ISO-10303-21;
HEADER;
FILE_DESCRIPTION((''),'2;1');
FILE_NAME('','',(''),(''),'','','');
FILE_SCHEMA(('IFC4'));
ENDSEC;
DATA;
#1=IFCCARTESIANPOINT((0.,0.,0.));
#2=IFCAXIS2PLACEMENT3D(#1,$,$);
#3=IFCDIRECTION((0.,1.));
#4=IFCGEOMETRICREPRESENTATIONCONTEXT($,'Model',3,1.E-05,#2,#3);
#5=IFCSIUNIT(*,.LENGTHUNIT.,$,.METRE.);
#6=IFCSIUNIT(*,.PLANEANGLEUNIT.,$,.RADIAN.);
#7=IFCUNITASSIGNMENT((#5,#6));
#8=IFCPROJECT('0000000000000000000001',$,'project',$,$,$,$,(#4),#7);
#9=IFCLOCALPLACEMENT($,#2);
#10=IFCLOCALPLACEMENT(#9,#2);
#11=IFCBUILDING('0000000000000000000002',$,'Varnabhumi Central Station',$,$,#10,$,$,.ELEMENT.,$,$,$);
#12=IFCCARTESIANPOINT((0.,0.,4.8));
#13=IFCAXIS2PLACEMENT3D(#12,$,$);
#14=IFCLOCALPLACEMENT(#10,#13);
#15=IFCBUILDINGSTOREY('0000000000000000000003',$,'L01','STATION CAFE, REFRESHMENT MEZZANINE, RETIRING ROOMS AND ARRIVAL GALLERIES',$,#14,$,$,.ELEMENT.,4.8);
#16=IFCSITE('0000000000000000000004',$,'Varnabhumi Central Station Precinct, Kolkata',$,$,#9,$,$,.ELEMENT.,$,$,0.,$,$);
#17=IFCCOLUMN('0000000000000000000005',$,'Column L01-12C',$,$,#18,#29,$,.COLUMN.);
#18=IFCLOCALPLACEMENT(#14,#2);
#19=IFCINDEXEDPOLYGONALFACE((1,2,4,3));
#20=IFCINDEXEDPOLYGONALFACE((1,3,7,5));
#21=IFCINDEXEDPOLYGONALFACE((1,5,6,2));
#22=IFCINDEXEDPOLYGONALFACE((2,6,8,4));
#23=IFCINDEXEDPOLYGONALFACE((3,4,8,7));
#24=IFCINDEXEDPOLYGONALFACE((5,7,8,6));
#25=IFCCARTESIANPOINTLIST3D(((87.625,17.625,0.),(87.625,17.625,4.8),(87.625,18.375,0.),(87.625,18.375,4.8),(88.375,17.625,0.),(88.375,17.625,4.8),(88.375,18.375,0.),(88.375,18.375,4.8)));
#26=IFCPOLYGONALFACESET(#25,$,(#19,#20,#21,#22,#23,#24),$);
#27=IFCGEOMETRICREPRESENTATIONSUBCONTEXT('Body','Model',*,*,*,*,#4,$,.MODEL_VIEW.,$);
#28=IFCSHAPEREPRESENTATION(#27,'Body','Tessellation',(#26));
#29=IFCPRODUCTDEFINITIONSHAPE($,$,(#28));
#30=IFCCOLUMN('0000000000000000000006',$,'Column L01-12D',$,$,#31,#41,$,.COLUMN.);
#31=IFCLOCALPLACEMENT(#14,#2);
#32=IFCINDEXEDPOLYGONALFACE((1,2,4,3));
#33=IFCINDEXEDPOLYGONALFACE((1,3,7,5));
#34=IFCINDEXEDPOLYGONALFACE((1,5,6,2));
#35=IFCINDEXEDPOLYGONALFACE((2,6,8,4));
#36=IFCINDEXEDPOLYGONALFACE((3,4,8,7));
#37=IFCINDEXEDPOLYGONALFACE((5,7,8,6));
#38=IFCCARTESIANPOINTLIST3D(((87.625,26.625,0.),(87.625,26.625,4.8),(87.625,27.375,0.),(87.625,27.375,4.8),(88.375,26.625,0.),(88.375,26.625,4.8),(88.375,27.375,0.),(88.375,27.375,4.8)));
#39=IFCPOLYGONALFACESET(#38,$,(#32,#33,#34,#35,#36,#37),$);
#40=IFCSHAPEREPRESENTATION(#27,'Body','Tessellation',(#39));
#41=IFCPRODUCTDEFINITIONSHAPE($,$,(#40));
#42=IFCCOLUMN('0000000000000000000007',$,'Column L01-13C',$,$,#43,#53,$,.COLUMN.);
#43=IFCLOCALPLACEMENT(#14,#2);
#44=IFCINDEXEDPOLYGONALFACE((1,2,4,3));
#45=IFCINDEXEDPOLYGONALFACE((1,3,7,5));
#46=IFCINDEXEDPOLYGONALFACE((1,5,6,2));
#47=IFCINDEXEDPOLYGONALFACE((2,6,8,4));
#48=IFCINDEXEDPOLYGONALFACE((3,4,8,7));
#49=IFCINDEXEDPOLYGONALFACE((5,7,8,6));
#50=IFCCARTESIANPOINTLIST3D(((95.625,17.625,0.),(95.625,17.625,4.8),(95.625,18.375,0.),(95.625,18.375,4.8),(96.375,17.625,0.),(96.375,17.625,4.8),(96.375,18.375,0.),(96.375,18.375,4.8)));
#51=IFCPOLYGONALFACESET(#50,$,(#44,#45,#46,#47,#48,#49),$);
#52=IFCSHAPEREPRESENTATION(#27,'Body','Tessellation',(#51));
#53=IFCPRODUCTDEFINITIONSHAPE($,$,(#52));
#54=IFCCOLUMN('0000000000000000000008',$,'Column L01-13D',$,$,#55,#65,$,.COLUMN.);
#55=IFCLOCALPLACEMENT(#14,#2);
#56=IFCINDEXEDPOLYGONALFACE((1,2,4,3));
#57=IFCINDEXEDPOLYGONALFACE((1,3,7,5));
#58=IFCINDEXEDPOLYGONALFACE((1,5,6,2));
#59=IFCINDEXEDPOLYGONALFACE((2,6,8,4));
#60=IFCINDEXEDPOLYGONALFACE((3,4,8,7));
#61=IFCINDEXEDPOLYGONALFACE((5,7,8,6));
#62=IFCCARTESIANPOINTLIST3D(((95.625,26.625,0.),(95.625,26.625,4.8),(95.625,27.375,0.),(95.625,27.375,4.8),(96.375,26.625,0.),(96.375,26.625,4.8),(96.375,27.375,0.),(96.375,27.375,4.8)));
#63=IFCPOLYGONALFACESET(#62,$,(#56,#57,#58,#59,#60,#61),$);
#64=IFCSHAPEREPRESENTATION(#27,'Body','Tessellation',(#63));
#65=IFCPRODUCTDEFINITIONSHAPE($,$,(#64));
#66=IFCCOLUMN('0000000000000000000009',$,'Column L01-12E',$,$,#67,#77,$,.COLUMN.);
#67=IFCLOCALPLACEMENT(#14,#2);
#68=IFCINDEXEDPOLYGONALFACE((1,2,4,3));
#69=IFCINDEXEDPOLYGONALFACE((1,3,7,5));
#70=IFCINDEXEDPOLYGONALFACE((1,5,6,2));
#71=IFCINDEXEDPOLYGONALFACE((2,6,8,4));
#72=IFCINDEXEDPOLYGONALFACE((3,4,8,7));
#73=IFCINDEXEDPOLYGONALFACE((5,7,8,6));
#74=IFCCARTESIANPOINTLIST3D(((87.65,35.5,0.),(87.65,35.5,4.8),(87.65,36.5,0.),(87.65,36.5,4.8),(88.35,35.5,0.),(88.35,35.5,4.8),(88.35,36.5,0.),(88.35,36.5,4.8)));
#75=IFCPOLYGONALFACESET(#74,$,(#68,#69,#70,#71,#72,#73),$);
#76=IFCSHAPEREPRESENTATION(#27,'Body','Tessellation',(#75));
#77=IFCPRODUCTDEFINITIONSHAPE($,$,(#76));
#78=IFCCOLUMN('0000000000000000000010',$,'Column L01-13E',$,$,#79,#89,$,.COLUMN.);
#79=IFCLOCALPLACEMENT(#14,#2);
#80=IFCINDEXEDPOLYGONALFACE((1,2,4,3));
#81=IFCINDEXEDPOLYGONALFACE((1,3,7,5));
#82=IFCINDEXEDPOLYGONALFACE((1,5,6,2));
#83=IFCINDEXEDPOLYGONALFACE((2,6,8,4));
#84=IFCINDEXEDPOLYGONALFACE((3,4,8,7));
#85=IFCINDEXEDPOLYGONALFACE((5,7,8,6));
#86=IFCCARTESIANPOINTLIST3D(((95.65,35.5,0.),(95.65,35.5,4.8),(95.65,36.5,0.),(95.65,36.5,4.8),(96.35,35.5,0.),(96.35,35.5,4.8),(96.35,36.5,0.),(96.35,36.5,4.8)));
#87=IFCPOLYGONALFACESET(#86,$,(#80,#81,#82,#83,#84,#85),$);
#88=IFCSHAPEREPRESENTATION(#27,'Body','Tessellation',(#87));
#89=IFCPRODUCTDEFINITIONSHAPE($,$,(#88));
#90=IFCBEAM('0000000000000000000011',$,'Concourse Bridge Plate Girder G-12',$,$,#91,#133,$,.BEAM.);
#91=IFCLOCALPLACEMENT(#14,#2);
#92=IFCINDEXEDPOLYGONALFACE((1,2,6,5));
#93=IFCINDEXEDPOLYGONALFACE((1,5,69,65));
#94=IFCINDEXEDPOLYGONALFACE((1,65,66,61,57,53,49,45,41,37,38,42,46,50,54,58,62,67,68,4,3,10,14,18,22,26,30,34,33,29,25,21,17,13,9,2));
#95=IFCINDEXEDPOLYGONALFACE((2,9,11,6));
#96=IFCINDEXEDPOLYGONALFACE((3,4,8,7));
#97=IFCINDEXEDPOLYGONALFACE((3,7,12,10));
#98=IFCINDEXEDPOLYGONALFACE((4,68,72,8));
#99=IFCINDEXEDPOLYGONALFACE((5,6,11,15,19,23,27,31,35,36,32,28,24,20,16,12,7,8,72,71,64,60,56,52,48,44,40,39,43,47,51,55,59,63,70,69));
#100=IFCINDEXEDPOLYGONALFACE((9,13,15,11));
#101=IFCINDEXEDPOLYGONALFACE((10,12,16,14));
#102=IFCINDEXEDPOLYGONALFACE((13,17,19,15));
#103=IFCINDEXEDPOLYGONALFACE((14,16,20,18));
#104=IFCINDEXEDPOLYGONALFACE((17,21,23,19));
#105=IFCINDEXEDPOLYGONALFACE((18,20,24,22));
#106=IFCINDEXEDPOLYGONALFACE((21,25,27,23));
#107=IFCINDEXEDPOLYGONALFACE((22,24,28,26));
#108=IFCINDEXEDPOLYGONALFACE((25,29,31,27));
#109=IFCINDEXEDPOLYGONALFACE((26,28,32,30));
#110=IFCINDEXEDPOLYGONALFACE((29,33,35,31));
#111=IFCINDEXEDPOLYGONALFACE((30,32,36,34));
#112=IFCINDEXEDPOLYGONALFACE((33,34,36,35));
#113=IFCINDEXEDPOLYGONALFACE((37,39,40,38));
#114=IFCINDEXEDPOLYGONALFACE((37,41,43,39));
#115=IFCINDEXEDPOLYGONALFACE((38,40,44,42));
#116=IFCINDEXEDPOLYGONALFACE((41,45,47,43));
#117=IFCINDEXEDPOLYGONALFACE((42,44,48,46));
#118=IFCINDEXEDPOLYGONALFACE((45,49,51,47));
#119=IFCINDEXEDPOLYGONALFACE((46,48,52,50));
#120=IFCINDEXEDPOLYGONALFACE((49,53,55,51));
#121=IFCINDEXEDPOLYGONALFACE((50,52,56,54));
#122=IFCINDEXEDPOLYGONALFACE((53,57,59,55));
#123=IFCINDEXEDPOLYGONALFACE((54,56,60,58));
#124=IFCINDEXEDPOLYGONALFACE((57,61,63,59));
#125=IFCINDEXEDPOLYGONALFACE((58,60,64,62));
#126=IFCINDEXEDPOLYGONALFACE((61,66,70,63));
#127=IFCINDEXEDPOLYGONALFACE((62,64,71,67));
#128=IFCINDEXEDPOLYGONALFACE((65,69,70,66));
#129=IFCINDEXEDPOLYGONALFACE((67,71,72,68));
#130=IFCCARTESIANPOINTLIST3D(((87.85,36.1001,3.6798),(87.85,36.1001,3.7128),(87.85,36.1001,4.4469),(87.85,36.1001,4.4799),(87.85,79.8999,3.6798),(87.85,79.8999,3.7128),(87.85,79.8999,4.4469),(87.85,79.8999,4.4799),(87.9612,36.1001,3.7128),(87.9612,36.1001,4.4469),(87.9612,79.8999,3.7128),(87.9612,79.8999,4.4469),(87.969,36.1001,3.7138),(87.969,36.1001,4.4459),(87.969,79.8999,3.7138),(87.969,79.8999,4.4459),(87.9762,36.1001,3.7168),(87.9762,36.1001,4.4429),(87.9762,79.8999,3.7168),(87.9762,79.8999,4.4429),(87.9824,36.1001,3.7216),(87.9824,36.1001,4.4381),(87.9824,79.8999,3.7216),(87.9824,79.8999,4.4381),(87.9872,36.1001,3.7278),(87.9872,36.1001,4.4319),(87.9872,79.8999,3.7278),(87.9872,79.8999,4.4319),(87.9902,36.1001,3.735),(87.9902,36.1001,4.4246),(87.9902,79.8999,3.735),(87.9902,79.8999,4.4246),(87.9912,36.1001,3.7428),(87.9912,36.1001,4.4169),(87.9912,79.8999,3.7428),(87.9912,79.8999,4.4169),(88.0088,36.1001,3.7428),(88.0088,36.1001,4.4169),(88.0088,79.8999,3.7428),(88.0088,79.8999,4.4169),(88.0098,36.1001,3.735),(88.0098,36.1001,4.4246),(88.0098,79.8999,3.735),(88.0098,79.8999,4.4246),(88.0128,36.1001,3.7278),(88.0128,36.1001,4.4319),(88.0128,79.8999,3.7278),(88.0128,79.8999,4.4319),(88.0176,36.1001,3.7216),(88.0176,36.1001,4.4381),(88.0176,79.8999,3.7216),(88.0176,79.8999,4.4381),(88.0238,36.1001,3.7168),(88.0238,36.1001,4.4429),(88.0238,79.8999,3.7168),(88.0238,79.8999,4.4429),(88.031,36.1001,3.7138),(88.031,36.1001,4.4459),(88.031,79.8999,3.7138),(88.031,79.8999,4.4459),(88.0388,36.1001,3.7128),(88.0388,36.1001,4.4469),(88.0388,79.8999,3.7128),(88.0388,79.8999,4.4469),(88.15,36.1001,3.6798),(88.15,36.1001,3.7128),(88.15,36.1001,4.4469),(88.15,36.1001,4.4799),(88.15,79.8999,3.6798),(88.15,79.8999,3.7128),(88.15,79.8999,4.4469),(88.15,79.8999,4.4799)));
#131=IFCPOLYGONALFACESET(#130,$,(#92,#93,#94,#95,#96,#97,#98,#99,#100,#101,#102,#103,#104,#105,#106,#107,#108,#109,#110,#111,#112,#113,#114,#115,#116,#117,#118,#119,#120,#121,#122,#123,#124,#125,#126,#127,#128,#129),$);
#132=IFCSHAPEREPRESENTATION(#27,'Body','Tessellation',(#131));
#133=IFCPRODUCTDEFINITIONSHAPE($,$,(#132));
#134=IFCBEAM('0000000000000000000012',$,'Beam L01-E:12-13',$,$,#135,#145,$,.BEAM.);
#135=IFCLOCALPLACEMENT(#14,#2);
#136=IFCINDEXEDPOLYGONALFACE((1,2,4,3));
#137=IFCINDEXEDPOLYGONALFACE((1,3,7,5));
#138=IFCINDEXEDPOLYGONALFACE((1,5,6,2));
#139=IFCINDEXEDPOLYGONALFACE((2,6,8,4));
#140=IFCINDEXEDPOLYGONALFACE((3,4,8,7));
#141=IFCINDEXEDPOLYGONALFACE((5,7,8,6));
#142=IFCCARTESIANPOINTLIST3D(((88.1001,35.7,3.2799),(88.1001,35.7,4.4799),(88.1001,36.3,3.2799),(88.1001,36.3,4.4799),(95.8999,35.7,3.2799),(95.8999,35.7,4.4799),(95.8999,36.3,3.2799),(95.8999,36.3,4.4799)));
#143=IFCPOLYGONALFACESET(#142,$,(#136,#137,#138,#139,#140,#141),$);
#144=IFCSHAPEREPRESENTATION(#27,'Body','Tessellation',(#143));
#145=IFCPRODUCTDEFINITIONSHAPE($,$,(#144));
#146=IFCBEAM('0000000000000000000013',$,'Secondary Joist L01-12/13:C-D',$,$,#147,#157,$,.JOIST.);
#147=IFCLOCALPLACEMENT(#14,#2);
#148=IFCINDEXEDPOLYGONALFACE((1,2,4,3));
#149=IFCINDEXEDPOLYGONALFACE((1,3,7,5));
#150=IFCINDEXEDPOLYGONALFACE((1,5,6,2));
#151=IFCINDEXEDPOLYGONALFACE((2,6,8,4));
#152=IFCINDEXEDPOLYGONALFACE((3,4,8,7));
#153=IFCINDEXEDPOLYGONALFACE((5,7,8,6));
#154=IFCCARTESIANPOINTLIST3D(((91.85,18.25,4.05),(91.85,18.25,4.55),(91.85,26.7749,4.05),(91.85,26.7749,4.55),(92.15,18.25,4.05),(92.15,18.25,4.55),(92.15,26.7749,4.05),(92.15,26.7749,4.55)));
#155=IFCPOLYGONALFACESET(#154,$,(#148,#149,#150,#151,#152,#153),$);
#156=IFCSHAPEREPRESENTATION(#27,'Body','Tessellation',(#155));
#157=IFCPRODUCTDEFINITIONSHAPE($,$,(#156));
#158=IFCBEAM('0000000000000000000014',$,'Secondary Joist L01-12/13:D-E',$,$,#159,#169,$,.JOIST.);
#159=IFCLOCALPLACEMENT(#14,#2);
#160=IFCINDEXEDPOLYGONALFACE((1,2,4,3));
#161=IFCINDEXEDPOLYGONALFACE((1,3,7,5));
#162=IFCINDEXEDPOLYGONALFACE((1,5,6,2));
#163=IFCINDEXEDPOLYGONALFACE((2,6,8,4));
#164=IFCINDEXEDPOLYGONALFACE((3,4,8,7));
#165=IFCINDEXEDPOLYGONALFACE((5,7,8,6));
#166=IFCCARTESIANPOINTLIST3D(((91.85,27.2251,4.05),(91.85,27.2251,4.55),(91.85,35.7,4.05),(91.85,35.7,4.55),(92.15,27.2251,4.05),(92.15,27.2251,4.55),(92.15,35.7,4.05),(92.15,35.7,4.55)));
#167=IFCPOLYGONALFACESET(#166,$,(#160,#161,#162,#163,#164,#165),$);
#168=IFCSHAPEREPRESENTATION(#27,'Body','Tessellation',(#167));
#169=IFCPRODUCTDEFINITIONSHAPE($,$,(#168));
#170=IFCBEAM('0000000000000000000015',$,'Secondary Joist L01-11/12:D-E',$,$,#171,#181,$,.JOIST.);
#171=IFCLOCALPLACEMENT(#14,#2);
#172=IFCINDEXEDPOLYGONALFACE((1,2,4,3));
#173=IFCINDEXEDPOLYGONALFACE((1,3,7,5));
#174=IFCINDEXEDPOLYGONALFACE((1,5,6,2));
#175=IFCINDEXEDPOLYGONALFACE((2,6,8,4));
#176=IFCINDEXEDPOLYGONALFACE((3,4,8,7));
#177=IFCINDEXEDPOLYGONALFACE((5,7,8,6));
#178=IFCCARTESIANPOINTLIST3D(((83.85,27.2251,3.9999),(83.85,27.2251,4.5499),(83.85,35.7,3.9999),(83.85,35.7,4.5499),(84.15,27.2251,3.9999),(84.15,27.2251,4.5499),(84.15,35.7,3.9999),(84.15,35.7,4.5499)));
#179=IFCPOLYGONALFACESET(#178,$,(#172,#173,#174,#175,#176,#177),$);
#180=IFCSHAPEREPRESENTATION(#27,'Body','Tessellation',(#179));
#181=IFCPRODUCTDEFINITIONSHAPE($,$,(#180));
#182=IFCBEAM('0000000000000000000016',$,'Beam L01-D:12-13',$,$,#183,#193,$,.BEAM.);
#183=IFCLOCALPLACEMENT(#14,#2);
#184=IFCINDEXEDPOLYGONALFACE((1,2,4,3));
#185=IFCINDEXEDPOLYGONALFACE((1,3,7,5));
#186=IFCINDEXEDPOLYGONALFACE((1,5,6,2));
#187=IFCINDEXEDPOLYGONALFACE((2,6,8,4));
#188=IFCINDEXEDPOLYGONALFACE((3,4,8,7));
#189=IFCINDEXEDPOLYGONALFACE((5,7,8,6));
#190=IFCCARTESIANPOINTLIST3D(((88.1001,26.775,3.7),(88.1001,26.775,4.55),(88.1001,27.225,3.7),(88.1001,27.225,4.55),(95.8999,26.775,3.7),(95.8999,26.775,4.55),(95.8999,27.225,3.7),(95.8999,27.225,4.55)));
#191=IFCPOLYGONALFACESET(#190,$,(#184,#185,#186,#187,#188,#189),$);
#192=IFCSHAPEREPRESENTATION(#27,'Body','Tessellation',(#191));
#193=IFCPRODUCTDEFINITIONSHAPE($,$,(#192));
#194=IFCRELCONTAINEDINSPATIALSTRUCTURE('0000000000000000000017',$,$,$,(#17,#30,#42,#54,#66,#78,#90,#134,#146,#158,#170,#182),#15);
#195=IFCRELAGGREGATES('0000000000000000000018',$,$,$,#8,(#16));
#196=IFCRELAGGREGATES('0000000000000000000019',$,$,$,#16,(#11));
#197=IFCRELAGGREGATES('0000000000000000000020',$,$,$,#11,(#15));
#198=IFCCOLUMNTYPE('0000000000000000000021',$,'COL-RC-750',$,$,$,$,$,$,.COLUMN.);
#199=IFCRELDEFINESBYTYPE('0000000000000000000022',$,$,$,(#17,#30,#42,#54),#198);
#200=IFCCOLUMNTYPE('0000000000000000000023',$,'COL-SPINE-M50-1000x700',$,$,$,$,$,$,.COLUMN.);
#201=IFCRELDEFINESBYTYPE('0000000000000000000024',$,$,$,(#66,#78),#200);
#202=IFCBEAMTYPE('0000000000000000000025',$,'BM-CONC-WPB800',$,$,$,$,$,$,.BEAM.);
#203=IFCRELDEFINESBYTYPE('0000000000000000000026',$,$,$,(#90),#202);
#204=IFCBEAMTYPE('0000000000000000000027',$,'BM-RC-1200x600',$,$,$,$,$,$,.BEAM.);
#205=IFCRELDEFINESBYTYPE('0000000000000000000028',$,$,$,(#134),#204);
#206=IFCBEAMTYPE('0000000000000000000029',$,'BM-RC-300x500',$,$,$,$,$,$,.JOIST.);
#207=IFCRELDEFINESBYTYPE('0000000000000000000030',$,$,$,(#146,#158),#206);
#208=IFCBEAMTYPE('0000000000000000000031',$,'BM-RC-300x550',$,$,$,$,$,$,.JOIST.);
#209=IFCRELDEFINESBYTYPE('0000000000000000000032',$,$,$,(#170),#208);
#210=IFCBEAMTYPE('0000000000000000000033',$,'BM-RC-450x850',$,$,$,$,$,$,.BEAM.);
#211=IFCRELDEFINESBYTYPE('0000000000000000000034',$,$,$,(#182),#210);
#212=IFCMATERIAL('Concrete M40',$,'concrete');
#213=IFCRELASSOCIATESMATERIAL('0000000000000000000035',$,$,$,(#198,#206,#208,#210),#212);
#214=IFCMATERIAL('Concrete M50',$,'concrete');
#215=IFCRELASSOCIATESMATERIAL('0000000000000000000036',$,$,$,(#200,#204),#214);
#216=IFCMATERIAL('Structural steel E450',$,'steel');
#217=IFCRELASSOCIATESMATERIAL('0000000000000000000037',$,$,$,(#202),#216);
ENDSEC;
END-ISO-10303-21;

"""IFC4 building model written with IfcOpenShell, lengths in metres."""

from ifc_helpers import new_model, si_unit, direction, frame, origin, origin_2d, place, context, subcontext, project, spatial, rectangle, i_section, extrude, material, material_profile, profile_set, type_object, element, save


model = new_model("IFC4")

# Units and contexts
model_context = context("Model", 3, precision=1e-05, world=origin(), true_north=direction((0.0, 1.0)))
body_context = subcontext(model_context, "Body", "Model", "MODEL_VIEW")
ifc_project = project(units=[si_unit("LENGTHUNIT", "METRE"), si_unit("PLANEANGLEUNIT", "RADIAN")], contexts=[model_context])

# Site, building, storey
site_placement = place(None, origin())
site = spatial("IfcSite", under=ifc_project, at=site_placement, Name="Varnabhumi Central Station Precinct, Kolkata", CompositionType="ELEMENT", RefElevation=0.0)
building_placement = place(site_placement, origin())
building = spatial("IfcBuilding", under=site, at=building_placement, Name="Varnabhumi Central Station", CompositionType="ELEMENT")
storey_placement = place(building_placement, frame((0.0, 0.0, 4.8)))
storey = spatial("IfcBuildingStorey", under=building, at=storey_placement, Name="L01", Description="STATION CAFE, REFRESHMENT MEZZANINE, RETIRING ROOMS AND ARRIVAL GALLERIES", CompositionType="ELEMENT", Elevation=4.8)

# Columns
ifc_material_1 = material(Name="Concrete M40", Category="concrete")
ifc_material_profile_1 = material_profile(ifc_material_1, rectangle(XDim=0.75, YDim=0.75, at=origin_2d()), Name="Concrete M40", Category="concrete")
ifc_profile_set_1 = profile_set([ifc_material_profile_1], Name="Concrete M40")
column_type_1 = type_object("IfcColumnType", Name="COL-RC-750", PredefinedType="COLUMN", material=ifc_profile_set_1)
for number, where, z_axis, x_axis, name in (
    (1, (88.0, 18.0, 0.0), (0.0, 0.0, 1.0), (1.0, 0.0, 0.0), "Column L01-12C"),
    (2, (88.0, 27.0, 0.0), (0.0, 0.0, 1.0), (1.0, 0.0, 0.0), "Column L01-12D"),
    (3, (96.0, 18.0, 0.0), (0.0, 0.0, 1.0), (1.0, 0.0, 0.0), "Column L01-13C"),
    (4, (96.0, 27.0, 0.0), (0.0, 0.0, 1.0), (1.0, 0.0, 0.0), "Column L01-13D"),
):
    element("IfcColumn", number, at=place(storey_placement, frame(where, z_axis=z_axis, x_axis=x_axis)), inside=storey, type_object=column_type_1, Name=name, PredefinedType="COLUMN", context=body_context, shape_type="SweptSolid", body=[
        extrude(rectangle(XDim=0.75, YDim=0.75, at=origin_2d()), origin(), (0.0, 0.0, 1.0), 4.8),
    ])
ifc_material_2 = material(Name="Concrete M50", Category="concrete")
ifc_material_profile_2 = material_profile(ifc_material_2, rectangle(XDim=0.7, YDim=1.0, at=origin_2d()), Name="Concrete M50", Category="concrete")
ifc_profile_set_2 = profile_set([ifc_material_profile_2], Name="Concrete M50")
column_type_2 = type_object("IfcColumnType", Name="COL-SPINE-M50-1000x700", PredefinedType="COLUMN", material=ifc_profile_set_2)
for number, where, z_axis, x_axis, name in (
    (5, (88.0, 36.0, 0.0), (0.0, 0.0, 1.0), (1.0, 0.0, 0.0), "Column L01-12E"),
    (6, (96.0, 36.0, 0.0), (0.0, 0.0, 1.0), (1.0, 0.0, 0.0), "Column L01-13E"),
):
    element("IfcColumn", number, at=place(storey_placement, frame(where, z_axis=z_axis, x_axis=x_axis)), inside=storey, type_object=column_type_2, Name=name, PredefinedType="COLUMN", context=body_context, shape_type="SweptSolid", body=[
        extrude(rectangle(XDim=0.7, YDim=1.0, at=origin_2d()), origin(), (0.0, 0.0, 1.0), 4.8),
    ])

# Beams
ifc_material_3 = material(Name="Structural steel E450", Category="steel")
ifc_material_profile_3 = material_profile(ifc_material_3, i_section(OverallWidth=0.3, OverallDepth=0.8, WebThickness=0.0176, FlangeThickness=0.033, FilletRadius=0.03, at=origin_2d()), Name="Structural steel E450", Category="steel")
ifc_profile_set_3 = profile_set([ifc_material_profile_3], Name="Structural steel E450")
beam_type_1 = type_object("IfcBeamType", Name="BM-CONC-WPB800", PredefinedType="BEAM", material=ifc_profile_set_3)
beam_1_placement = place(storey_placement, frame((88.0, 36.1001, 4.0798), z_axis=(0.0, 1.0, 0.0), x_axis=(-1.0, 0.0, 0.0)))
element("IfcBeam", 7, at=beam_1_placement, inside=storey, type_object=beam_type_1, Name="Concourse Bridge Plate Girder G-12", PredefinedType="BEAM", context=body_context, shape_type="SweptSolid", body=[
    extrude(i_section(OverallWidth=0.3, OverallDepth=0.8, WebThickness=0.0176, FlangeThickness=0.033, FilletRadius=0.03, at=origin_2d()), origin(), (0.0, 0.0, 1.0), 43.7998),
])
ifc_material_profile_4 = material_profile(ifc_material_2, rectangle(XDim=0.6001, YDim=1.2, at=origin_2d()), Name="Concrete M50", Category="concrete")
ifc_profile_set_4 = profile_set([ifc_material_profile_4], Name="Concrete M50")
beam_type_2 = type_object("IfcBeamType", Name="BM-RC-1200x600", PredefinedType="BEAM", material=ifc_profile_set_4)
beam_2_placement = place(storey_placement, frame((88.1001, 36.0, 3.8799), z_axis=(1.0, 0.0, 0.0), x_axis=(0.0, 1.0, 0.0)))
element("IfcBeam", 8, at=beam_2_placement, inside=storey, type_object=beam_type_2, Name="Beam L01-E:12-13", PredefinedType="BEAM", context=body_context, shape_type="SweptSolid", body=[
    extrude(rectangle(XDim=0.6001, YDim=1.2, at=origin_2d()), origin(), (0.0, 0.0, 1.0), 7.7998),
])
ifc_material_profile_5 = material_profile(ifc_material_1, rectangle(XDim=0.3, YDim=0.5, at=origin_2d()), Name="Concrete M40", Category="concrete")
ifc_profile_set_5 = profile_set([ifc_material_profile_5], Name="Concrete M40")
beam_type_3 = type_object("IfcBeamType", Name="BM-RC-300x500", PredefinedType="JOIST", material=ifc_profile_set_5)
beam_3_placement = place(storey_placement, frame((92.0, 18.25, 4.3), z_axis=(0.0, 1.0, 0.0), x_axis=(-1.0, 0.0, 0.0)))
element("IfcBeam", 9, at=beam_3_placement, inside=storey, type_object=beam_type_3, Name="Secondary Joist L01-12/13:C-D", PredefinedType="JOIST", context=body_context, shape_type="SweptSolid", body=[
    extrude(rectangle(XDim=0.3, YDim=0.5, at=origin_2d()), origin(), (0.0, 0.0, 1.0), 8.5249),
])
beam_4_placement = place(storey_placement, frame((92.0, 27.2251, 4.3), z_axis=(0.0, 1.0, 0.0), x_axis=(-1.0, 0.0, 0.0)))
element("IfcBeam", 10, at=beam_4_placement, inside=storey, type_object=beam_type_3, Name="Secondary Joist L01-12/13:D-E", PredefinedType="JOIST", context=body_context, shape_type="SweptSolid", body=[
    extrude(rectangle(XDim=0.3, YDim=0.5, at=origin_2d()), origin(), (0.0, 0.0, 1.0), 8.4749),
])
ifc_material_profile_6 = material_profile(ifc_material_1, rectangle(XDim=0.3, YDim=0.55, at=origin_2d()), Name="Concrete M40", Category="concrete")
ifc_profile_set_6 = profile_set([ifc_material_profile_6], Name="Concrete M40")
beam_type_4 = type_object("IfcBeamType", Name="BM-RC-300x550", PredefinedType="JOIST", material=ifc_profile_set_6)
beam_5_placement = place(storey_placement, frame((84.0, 27.2251, 4.2749), z_axis=(0.0, 1.0, 0.0), x_axis=(-1.0, 0.0, 0.0)))
element("IfcBeam", 11, at=beam_5_placement, inside=storey, type_object=beam_type_4, Name="Secondary Joist L01-11/12:D-E", PredefinedType="JOIST", context=body_context, shape_type="SweptSolid", body=[
    extrude(rectangle(XDim=0.3, YDim=0.55, at=origin_2d()), origin(), (0.0, 0.0, 1.0), 8.4749),
])
ifc_material_profile_7 = material_profile(ifc_material_1, rectangle(XDim=0.45, YDim=0.8501, at=origin_2d()), Name="Concrete M40", Category="concrete")
ifc_profile_set_7 = profile_set([ifc_material_profile_7], Name="Concrete M40")
beam_type_5 = type_object("IfcBeamType", Name="BM-RC-450x850", PredefinedType="BEAM", material=ifc_profile_set_7)
for number, where, z_axis, x_axis, name in (
    (12, (88.1001, 27.0, 4.125), (1.0, 0.0, 0.0), (0.0, 1.0, 0.0), "Beam L01-D:12-13"),
):
    element("IfcBeam", number, at=place(storey_placement, frame(where, z_axis=z_axis, x_axis=x_axis)), inside=storey, type_object=beam_type_5, Name=name, PredefinedType="BEAM", context=body_context, shape_type="SweptSolid", body=[
        extrude(rectangle(XDim=0.45, YDim=0.8501, at=origin_2d()), origin(), (0.0, 0.0, 1.0), 7.7998),
    ])

save(model, "model.ifc")
